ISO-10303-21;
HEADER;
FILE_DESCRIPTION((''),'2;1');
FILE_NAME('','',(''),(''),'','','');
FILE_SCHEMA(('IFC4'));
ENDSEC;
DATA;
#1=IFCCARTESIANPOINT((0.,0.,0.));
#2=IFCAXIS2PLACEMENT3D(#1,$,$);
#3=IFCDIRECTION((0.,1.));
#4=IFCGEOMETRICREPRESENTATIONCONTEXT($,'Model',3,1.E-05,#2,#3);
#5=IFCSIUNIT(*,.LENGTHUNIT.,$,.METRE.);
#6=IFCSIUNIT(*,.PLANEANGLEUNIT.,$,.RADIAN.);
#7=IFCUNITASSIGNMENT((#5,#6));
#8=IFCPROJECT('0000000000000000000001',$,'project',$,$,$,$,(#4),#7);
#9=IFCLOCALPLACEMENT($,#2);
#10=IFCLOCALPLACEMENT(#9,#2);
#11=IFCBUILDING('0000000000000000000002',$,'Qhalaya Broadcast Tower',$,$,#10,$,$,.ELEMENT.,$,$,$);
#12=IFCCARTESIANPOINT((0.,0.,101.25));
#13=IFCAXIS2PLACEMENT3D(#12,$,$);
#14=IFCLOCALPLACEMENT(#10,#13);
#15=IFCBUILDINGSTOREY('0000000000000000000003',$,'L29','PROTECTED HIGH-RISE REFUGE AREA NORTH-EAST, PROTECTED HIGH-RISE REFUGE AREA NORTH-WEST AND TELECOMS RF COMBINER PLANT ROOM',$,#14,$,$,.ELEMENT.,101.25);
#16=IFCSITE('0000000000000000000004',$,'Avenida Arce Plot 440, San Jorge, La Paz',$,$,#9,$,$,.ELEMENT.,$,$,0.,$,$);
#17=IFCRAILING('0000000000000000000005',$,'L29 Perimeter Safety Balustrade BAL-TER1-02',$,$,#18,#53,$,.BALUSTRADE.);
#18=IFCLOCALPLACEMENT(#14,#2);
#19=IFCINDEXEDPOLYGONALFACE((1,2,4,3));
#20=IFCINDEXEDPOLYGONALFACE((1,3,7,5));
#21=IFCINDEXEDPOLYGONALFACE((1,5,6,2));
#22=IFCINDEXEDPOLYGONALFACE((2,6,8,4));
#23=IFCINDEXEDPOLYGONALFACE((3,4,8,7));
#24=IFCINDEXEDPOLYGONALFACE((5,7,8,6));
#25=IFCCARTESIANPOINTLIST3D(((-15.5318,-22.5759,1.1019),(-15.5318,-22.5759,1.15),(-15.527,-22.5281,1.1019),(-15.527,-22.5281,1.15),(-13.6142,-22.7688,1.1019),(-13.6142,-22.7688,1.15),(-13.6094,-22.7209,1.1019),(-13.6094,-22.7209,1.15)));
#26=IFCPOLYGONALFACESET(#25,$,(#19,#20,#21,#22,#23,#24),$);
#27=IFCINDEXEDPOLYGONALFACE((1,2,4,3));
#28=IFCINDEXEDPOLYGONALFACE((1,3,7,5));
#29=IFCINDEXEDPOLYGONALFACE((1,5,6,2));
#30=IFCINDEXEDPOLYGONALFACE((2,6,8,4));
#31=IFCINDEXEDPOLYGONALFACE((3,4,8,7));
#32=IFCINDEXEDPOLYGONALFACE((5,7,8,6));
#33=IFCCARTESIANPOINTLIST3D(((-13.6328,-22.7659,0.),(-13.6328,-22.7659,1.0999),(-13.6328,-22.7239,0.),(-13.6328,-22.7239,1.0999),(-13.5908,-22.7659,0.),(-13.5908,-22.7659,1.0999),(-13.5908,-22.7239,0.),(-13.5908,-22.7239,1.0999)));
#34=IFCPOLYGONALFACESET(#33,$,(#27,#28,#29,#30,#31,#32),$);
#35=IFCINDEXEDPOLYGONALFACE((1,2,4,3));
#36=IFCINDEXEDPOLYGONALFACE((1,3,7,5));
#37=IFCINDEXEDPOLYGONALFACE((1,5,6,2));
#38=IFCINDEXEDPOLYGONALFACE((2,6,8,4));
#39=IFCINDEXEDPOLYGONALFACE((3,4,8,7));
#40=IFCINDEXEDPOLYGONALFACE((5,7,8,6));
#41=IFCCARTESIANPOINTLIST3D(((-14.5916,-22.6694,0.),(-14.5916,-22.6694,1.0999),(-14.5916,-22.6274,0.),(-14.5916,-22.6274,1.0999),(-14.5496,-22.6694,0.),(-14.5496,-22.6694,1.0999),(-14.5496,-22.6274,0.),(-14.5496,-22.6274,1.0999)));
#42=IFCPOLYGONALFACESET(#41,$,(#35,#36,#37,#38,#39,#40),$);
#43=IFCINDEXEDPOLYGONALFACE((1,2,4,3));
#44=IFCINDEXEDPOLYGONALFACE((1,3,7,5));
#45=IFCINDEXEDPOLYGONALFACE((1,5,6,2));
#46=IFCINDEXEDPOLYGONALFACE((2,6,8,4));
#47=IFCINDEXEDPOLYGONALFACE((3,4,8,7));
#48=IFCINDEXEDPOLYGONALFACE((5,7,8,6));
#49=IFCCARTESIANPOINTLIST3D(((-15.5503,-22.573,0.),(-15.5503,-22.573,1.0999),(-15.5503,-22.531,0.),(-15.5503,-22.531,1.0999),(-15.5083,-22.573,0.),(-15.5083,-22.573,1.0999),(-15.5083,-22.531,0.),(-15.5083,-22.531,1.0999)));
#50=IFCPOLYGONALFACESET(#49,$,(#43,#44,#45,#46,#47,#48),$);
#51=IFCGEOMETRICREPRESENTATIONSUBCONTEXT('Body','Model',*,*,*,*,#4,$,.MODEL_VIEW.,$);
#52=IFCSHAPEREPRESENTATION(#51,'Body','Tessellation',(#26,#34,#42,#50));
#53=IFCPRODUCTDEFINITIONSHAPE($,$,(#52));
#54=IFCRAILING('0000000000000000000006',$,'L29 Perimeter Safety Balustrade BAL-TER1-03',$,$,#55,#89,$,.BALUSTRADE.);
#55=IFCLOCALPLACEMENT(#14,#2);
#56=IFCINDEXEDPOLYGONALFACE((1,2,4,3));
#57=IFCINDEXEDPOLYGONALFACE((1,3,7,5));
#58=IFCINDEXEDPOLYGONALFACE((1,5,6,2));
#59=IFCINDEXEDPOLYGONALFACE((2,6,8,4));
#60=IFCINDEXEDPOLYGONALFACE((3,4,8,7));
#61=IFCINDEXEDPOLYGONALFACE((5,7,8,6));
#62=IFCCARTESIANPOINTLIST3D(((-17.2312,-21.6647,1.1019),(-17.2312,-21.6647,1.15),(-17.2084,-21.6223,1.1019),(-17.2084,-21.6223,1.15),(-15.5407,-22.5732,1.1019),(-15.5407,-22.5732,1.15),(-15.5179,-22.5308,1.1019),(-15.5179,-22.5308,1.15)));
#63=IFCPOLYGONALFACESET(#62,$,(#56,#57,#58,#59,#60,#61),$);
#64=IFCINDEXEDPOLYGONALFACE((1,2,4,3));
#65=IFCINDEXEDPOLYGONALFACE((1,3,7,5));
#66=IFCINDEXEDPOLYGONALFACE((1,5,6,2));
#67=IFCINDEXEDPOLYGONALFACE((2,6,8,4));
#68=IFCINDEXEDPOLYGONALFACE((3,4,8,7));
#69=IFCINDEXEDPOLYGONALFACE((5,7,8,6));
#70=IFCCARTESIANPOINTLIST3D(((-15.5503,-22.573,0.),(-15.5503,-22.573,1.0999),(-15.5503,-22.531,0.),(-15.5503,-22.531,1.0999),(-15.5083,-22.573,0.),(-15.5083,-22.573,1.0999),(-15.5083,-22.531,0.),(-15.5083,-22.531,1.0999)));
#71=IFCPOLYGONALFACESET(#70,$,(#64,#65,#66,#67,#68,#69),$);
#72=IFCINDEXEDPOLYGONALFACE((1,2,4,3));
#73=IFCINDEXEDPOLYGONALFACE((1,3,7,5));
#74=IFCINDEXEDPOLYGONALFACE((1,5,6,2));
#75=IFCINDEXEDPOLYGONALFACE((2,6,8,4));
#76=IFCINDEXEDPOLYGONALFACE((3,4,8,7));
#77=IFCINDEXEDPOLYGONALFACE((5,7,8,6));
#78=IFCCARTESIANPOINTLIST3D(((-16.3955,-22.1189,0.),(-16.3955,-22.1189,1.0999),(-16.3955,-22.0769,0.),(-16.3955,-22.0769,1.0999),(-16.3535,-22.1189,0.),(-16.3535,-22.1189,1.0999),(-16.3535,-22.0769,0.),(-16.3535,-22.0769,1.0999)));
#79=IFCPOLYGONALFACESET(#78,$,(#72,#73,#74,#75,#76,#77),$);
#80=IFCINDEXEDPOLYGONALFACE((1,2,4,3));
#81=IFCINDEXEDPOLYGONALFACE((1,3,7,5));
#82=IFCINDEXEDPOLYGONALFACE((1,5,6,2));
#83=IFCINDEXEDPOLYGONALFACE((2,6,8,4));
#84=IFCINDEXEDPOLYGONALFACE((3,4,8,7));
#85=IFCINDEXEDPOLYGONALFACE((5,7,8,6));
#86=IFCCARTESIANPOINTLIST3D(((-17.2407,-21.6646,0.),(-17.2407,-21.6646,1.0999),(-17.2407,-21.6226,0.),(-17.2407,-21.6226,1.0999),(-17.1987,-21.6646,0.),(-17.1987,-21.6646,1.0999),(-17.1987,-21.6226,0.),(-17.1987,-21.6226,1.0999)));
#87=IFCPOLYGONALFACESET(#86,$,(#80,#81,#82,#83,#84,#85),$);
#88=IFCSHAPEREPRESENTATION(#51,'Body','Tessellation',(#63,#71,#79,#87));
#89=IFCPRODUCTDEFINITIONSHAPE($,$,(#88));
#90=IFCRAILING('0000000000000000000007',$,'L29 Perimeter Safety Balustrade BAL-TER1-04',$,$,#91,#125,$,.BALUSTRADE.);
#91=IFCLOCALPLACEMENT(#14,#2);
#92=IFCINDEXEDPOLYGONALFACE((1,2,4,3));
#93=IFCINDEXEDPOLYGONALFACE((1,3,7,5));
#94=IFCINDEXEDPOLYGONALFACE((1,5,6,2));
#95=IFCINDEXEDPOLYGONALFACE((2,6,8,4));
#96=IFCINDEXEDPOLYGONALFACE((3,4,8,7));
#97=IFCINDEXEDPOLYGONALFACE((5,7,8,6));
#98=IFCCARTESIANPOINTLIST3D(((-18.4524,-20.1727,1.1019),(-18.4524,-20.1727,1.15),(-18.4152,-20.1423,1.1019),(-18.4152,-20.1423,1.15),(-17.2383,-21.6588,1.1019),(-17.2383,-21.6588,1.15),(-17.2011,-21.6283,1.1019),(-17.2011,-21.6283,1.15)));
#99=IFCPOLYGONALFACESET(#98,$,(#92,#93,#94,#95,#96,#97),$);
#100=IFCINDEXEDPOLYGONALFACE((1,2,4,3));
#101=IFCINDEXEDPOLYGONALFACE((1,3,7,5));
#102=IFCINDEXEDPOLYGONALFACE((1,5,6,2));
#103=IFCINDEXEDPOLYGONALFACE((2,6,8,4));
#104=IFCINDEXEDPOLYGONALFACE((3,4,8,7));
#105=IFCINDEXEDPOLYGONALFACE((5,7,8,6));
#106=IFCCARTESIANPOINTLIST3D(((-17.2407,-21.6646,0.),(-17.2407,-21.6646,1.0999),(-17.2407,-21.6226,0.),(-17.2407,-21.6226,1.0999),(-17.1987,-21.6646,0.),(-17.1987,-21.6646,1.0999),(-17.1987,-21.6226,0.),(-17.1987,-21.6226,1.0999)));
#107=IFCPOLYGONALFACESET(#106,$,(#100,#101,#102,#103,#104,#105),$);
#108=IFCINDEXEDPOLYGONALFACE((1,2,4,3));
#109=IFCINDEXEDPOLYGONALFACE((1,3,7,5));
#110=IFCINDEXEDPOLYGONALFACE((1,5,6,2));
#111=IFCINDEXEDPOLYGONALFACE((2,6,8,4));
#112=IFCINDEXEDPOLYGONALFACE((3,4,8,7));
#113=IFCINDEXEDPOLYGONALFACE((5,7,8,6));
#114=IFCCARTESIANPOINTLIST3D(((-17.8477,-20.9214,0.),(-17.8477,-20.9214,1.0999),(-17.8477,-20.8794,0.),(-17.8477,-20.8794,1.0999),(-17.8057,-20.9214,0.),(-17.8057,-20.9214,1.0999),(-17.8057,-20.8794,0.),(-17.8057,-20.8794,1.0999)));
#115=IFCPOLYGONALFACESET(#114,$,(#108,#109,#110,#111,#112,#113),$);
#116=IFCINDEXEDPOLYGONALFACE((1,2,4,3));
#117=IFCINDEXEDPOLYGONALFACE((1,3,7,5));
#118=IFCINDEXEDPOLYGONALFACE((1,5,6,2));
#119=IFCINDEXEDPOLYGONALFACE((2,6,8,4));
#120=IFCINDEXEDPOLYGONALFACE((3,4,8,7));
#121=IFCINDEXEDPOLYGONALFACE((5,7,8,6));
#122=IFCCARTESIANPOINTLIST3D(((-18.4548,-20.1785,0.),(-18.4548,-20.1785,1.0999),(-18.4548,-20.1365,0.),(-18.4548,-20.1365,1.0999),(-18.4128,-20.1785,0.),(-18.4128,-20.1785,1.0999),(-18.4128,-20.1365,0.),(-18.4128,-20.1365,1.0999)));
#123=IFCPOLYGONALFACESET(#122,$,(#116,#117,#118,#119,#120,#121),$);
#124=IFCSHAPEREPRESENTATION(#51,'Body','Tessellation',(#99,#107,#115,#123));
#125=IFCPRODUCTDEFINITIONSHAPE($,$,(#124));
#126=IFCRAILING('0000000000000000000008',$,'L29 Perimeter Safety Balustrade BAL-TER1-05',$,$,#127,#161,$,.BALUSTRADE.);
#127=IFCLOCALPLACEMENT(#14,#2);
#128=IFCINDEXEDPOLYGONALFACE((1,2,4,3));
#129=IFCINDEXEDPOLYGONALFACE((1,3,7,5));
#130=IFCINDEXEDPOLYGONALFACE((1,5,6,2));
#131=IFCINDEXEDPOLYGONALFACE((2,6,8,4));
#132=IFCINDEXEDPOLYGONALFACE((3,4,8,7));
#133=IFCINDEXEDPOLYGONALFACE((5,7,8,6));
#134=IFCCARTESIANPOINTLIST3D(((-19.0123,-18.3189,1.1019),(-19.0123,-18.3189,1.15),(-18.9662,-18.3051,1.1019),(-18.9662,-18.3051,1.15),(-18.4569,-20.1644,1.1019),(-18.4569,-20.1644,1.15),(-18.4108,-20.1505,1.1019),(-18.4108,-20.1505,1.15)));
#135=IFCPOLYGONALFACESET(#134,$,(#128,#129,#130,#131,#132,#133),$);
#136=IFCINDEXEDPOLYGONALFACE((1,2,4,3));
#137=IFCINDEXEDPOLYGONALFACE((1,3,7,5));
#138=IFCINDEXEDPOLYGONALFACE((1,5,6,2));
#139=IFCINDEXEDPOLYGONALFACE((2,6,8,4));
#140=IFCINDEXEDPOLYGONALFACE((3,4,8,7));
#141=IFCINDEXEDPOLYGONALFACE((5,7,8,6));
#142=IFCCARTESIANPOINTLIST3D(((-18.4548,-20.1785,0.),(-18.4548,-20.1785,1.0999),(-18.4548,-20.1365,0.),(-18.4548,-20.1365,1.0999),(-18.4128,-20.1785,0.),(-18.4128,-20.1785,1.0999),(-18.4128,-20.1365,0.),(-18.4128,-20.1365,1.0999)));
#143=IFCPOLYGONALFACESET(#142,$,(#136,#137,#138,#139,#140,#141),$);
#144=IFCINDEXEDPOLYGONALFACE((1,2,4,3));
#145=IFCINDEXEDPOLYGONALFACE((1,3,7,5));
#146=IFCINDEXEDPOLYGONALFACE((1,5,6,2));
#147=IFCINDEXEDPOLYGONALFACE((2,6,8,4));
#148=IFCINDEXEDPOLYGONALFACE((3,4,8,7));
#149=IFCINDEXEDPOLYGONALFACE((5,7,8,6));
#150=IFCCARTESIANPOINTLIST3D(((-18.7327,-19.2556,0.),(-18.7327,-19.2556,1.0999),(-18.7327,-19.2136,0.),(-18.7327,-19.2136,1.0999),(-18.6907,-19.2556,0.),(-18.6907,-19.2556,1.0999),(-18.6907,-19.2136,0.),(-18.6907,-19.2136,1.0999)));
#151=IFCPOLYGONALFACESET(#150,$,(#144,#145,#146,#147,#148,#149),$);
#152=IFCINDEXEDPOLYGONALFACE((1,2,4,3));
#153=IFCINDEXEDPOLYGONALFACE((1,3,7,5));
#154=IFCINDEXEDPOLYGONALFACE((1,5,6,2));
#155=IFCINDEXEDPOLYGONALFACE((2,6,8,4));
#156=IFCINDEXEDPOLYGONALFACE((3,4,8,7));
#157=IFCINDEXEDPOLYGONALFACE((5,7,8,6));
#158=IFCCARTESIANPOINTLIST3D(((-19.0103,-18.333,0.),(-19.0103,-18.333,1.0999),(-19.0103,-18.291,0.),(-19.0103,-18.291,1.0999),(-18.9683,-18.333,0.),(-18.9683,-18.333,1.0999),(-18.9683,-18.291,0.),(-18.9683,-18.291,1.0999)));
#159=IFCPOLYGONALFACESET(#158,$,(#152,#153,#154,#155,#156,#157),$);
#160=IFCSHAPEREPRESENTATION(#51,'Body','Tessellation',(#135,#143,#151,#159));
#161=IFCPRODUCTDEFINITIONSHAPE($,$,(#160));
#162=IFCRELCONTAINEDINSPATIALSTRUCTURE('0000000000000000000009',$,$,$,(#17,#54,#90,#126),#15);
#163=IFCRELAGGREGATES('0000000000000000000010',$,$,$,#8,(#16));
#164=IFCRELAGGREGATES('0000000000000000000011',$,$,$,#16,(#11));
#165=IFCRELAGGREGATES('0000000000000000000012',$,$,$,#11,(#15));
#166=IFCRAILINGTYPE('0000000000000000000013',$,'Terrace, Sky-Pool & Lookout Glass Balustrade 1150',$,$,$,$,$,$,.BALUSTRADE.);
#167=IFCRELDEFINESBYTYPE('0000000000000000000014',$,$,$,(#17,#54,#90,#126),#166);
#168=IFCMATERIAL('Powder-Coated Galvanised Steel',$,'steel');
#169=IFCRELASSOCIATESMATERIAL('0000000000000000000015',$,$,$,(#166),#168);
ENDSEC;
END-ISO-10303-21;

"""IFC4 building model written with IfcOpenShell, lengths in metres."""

from ifc_helpers import new_model, si_unit, direction, frame, origin, origin_2d, place, context, subcontext, project, spatial, rectangle, extrude, material, type_object, element, save


model = new_model("IFC4")

# Units and contexts
model_context = context("Model", 3, precision=1e-05, world=origin(), true_north=direction((0.0, 1.0)))
body_context = subcontext(model_context, "Body", "Model", "MODEL_VIEW")
ifc_project = project(units=[si_unit("LENGTHUNIT", "METRE"), si_unit("PLANEANGLEUNIT", "RADIAN")], contexts=[model_context])

# Site, building, storey
site_placement = place(None, origin())
site = spatial("IfcSite", under=ifc_project, at=site_placement, Name="Avenida Arce Plot 440, San Jorge, La Paz", CompositionType="ELEMENT", RefElevation=0.0)
building_placement = place(site_placement, origin())
building = spatial("IfcBuilding", under=site, at=building_placement, Name="Qhalaya Broadcast Tower", CompositionType="ELEMENT")
storey_placement = place(building_placement, frame((0.0, 0.0, 101.25)))
storey = spatial("IfcBuildingStorey", under=building, at=storey_placement, Name="L29", Description="PROTECTED HIGH-RISE REFUGE AREA NORTH-EAST, PROTECTED HIGH-RISE REFUGE AREA NORTH-WEST AND TELECOMS RF COMBINER PLANT ROOM", CompositionType="ELEMENT", Elevation=101.25)

# Railings
ifc_material_1 = material(Name="Powder-Coated Galvanised Steel", Category="steel")
railing_type = type_object("IfcRailingType", Name="Terrace, Sky-Pool & Lookout Glass Balustrade 1150", PredefinedType="BALUSTRADE", material=ifc_material_1)
railing_1_placement = place(storey_placement, frame((-13.6118, -22.7449, 0.0)))
element("IfcRailing", 1, at=railing_1_placement, inside=storey, type_object=railing_type, Name="L29 Perimeter Safety Balustrade BAL-TER1-02", PredefinedType="BALUSTRADE", context=body_context, shape_type="SweptSolid", body=[
    extrude(rectangle(XDim=0.0481, YDim=0.0481, at=origin_2d()), frame((0.0, 0.0, 1.126), z_axis=(-0.994979, 0.100081, 0.0), x_axis=(-0.100081, -0.994979, 0.0)), (0.0, 0.0, 1.0), 1.9272),
    extrude(rectangle(XDim=0.042, YDim=0.042, at=origin_2d()), origin(), (0.0, 0.0, 1.0), 1.0999),
    extrude(rectangle(XDim=0.042, YDim=0.042, at=origin_2d()), frame((-0.9587, 0.0964, 0.0)), (0.0, 0.0, 1.0), 1.0999),
    extrude(rectangle(XDim=0.042, YDim=0.042, at=origin_2d()), frame((-1.9175, 0.1929, 0.0)), (0.0, 0.0, 1.0), 1.0999),
])
railing_2_placement = place(storey_placement, frame((-15.5293, -22.552, 0.0)))
element("IfcRailing", 2, at=railing_2_placement, inside=storey, type_object=railing_type, Name="L29 Perimeter Safety Balustrade BAL-TER1-03", PredefinedType="BALUSTRADE", context=body_context, shape_type="SweptSolid", body=[
    extrude(rectangle(XDim=0.0481, YDim=0.0481, at=origin_2d()), frame((0.0, 0.0, 1.126), z_axis=(-0.880859, 0.473379, 0.0), x_axis=(-0.473379, -0.880859, 0.0)), (0.0, 0.0, 1.0), 1.9192),
    extrude(rectangle(XDim=0.042, YDim=0.042, at=origin_2d()), origin(), (0.0, 0.0, 1.0), 1.0999),
    extrude(rectangle(XDim=0.042, YDim=0.042, at=origin_2d()), frame((-0.8452, 0.4541, 0.0)), (0.0, 0.0, 1.0), 1.0999),
    extrude(rectangle(XDim=0.042, YDim=0.042, at=origin_2d()), frame((-1.6904, 0.9084, 0.0)), (0.0, 0.0, 1.0), 1.0999),
])
railing_3_placement = place(storey_placement, frame((-17.2197, -21.6436, 0.0)))
element("IfcRailing", 3, at=railing_3_placement, inside=storey, type_object=railing_type, Name="L29 Perimeter Safety Balustrade BAL-TER1-04", PredefinedType="BALUSTRADE", context=body_context, shape_type="SweptSolid", body=[
    extrude(rectangle(XDim=0.0481, YDim=0.0481, at=origin_2d()), frame((0.0, 0.0, 1.126), z_axis=(-0.632683, 0.774411, 0.0), x_axis=(-0.774411, -0.632683, 0.0)), (0.0, 0.0, 1.0), 1.9189),
    extrude(rectangle(XDim=0.042, YDim=0.042, at=origin_2d()), origin(), (0.0, 0.0, 1.0), 1.0999),
    extrude(rectangle(XDim=0.042, YDim=0.042, at=origin_2d()), frame((-0.6069, 0.7432, 0.0)), (0.0, 0.0, 1.0), 1.0999),
    extrude(rectangle(XDim=0.042, YDim=0.042, at=origin_2d()), frame((-1.2141, 1.4861, 0.0)), (0.0, 0.0, 1.0), 1.0999),
])
railing_4_placement = place(storey_placement, frame((-18.4338, -20.1575, 0.0)))
element("IfcRailing", 4, at=railing_4_placement, inside=storey, type_object=railing_type, Name="L29 Perimeter Safety Balustrade BAL-TER1-05", PredefinedType="BALUSTRADE", context=body_context, shape_type="SweptSolid", body=[
    extrude(rectangle(XDim=0.0481, YDim=0.0481, at=origin_2d()), frame((0.0, 0.0, 1.126), z_axis=(-0.288196, 0.957571, 0.0), x_axis=(-0.957571, -0.288196, 0.0)), (0.0, 0.0, 1.0), 1.9272),
    extrude(rectangle(XDim=0.042, YDim=0.042, at=origin_2d()), origin(), (0.0, 0.0, 1.0), 1.0999),
    extrude(rectangle(XDim=0.042, YDim=0.042, at=origin_2d()), frame((-0.2778, 0.9229, 0.0)), (0.0, 0.0, 1.0), 1.0999),
    extrude(rectangle(XDim=0.042, YDim=0.042, at=origin_2d()), frame((-0.5554, 1.8455, 0.0)), (0.0, 0.0, 1.0), 1.0999),
])

save(model, "model.ifc")
